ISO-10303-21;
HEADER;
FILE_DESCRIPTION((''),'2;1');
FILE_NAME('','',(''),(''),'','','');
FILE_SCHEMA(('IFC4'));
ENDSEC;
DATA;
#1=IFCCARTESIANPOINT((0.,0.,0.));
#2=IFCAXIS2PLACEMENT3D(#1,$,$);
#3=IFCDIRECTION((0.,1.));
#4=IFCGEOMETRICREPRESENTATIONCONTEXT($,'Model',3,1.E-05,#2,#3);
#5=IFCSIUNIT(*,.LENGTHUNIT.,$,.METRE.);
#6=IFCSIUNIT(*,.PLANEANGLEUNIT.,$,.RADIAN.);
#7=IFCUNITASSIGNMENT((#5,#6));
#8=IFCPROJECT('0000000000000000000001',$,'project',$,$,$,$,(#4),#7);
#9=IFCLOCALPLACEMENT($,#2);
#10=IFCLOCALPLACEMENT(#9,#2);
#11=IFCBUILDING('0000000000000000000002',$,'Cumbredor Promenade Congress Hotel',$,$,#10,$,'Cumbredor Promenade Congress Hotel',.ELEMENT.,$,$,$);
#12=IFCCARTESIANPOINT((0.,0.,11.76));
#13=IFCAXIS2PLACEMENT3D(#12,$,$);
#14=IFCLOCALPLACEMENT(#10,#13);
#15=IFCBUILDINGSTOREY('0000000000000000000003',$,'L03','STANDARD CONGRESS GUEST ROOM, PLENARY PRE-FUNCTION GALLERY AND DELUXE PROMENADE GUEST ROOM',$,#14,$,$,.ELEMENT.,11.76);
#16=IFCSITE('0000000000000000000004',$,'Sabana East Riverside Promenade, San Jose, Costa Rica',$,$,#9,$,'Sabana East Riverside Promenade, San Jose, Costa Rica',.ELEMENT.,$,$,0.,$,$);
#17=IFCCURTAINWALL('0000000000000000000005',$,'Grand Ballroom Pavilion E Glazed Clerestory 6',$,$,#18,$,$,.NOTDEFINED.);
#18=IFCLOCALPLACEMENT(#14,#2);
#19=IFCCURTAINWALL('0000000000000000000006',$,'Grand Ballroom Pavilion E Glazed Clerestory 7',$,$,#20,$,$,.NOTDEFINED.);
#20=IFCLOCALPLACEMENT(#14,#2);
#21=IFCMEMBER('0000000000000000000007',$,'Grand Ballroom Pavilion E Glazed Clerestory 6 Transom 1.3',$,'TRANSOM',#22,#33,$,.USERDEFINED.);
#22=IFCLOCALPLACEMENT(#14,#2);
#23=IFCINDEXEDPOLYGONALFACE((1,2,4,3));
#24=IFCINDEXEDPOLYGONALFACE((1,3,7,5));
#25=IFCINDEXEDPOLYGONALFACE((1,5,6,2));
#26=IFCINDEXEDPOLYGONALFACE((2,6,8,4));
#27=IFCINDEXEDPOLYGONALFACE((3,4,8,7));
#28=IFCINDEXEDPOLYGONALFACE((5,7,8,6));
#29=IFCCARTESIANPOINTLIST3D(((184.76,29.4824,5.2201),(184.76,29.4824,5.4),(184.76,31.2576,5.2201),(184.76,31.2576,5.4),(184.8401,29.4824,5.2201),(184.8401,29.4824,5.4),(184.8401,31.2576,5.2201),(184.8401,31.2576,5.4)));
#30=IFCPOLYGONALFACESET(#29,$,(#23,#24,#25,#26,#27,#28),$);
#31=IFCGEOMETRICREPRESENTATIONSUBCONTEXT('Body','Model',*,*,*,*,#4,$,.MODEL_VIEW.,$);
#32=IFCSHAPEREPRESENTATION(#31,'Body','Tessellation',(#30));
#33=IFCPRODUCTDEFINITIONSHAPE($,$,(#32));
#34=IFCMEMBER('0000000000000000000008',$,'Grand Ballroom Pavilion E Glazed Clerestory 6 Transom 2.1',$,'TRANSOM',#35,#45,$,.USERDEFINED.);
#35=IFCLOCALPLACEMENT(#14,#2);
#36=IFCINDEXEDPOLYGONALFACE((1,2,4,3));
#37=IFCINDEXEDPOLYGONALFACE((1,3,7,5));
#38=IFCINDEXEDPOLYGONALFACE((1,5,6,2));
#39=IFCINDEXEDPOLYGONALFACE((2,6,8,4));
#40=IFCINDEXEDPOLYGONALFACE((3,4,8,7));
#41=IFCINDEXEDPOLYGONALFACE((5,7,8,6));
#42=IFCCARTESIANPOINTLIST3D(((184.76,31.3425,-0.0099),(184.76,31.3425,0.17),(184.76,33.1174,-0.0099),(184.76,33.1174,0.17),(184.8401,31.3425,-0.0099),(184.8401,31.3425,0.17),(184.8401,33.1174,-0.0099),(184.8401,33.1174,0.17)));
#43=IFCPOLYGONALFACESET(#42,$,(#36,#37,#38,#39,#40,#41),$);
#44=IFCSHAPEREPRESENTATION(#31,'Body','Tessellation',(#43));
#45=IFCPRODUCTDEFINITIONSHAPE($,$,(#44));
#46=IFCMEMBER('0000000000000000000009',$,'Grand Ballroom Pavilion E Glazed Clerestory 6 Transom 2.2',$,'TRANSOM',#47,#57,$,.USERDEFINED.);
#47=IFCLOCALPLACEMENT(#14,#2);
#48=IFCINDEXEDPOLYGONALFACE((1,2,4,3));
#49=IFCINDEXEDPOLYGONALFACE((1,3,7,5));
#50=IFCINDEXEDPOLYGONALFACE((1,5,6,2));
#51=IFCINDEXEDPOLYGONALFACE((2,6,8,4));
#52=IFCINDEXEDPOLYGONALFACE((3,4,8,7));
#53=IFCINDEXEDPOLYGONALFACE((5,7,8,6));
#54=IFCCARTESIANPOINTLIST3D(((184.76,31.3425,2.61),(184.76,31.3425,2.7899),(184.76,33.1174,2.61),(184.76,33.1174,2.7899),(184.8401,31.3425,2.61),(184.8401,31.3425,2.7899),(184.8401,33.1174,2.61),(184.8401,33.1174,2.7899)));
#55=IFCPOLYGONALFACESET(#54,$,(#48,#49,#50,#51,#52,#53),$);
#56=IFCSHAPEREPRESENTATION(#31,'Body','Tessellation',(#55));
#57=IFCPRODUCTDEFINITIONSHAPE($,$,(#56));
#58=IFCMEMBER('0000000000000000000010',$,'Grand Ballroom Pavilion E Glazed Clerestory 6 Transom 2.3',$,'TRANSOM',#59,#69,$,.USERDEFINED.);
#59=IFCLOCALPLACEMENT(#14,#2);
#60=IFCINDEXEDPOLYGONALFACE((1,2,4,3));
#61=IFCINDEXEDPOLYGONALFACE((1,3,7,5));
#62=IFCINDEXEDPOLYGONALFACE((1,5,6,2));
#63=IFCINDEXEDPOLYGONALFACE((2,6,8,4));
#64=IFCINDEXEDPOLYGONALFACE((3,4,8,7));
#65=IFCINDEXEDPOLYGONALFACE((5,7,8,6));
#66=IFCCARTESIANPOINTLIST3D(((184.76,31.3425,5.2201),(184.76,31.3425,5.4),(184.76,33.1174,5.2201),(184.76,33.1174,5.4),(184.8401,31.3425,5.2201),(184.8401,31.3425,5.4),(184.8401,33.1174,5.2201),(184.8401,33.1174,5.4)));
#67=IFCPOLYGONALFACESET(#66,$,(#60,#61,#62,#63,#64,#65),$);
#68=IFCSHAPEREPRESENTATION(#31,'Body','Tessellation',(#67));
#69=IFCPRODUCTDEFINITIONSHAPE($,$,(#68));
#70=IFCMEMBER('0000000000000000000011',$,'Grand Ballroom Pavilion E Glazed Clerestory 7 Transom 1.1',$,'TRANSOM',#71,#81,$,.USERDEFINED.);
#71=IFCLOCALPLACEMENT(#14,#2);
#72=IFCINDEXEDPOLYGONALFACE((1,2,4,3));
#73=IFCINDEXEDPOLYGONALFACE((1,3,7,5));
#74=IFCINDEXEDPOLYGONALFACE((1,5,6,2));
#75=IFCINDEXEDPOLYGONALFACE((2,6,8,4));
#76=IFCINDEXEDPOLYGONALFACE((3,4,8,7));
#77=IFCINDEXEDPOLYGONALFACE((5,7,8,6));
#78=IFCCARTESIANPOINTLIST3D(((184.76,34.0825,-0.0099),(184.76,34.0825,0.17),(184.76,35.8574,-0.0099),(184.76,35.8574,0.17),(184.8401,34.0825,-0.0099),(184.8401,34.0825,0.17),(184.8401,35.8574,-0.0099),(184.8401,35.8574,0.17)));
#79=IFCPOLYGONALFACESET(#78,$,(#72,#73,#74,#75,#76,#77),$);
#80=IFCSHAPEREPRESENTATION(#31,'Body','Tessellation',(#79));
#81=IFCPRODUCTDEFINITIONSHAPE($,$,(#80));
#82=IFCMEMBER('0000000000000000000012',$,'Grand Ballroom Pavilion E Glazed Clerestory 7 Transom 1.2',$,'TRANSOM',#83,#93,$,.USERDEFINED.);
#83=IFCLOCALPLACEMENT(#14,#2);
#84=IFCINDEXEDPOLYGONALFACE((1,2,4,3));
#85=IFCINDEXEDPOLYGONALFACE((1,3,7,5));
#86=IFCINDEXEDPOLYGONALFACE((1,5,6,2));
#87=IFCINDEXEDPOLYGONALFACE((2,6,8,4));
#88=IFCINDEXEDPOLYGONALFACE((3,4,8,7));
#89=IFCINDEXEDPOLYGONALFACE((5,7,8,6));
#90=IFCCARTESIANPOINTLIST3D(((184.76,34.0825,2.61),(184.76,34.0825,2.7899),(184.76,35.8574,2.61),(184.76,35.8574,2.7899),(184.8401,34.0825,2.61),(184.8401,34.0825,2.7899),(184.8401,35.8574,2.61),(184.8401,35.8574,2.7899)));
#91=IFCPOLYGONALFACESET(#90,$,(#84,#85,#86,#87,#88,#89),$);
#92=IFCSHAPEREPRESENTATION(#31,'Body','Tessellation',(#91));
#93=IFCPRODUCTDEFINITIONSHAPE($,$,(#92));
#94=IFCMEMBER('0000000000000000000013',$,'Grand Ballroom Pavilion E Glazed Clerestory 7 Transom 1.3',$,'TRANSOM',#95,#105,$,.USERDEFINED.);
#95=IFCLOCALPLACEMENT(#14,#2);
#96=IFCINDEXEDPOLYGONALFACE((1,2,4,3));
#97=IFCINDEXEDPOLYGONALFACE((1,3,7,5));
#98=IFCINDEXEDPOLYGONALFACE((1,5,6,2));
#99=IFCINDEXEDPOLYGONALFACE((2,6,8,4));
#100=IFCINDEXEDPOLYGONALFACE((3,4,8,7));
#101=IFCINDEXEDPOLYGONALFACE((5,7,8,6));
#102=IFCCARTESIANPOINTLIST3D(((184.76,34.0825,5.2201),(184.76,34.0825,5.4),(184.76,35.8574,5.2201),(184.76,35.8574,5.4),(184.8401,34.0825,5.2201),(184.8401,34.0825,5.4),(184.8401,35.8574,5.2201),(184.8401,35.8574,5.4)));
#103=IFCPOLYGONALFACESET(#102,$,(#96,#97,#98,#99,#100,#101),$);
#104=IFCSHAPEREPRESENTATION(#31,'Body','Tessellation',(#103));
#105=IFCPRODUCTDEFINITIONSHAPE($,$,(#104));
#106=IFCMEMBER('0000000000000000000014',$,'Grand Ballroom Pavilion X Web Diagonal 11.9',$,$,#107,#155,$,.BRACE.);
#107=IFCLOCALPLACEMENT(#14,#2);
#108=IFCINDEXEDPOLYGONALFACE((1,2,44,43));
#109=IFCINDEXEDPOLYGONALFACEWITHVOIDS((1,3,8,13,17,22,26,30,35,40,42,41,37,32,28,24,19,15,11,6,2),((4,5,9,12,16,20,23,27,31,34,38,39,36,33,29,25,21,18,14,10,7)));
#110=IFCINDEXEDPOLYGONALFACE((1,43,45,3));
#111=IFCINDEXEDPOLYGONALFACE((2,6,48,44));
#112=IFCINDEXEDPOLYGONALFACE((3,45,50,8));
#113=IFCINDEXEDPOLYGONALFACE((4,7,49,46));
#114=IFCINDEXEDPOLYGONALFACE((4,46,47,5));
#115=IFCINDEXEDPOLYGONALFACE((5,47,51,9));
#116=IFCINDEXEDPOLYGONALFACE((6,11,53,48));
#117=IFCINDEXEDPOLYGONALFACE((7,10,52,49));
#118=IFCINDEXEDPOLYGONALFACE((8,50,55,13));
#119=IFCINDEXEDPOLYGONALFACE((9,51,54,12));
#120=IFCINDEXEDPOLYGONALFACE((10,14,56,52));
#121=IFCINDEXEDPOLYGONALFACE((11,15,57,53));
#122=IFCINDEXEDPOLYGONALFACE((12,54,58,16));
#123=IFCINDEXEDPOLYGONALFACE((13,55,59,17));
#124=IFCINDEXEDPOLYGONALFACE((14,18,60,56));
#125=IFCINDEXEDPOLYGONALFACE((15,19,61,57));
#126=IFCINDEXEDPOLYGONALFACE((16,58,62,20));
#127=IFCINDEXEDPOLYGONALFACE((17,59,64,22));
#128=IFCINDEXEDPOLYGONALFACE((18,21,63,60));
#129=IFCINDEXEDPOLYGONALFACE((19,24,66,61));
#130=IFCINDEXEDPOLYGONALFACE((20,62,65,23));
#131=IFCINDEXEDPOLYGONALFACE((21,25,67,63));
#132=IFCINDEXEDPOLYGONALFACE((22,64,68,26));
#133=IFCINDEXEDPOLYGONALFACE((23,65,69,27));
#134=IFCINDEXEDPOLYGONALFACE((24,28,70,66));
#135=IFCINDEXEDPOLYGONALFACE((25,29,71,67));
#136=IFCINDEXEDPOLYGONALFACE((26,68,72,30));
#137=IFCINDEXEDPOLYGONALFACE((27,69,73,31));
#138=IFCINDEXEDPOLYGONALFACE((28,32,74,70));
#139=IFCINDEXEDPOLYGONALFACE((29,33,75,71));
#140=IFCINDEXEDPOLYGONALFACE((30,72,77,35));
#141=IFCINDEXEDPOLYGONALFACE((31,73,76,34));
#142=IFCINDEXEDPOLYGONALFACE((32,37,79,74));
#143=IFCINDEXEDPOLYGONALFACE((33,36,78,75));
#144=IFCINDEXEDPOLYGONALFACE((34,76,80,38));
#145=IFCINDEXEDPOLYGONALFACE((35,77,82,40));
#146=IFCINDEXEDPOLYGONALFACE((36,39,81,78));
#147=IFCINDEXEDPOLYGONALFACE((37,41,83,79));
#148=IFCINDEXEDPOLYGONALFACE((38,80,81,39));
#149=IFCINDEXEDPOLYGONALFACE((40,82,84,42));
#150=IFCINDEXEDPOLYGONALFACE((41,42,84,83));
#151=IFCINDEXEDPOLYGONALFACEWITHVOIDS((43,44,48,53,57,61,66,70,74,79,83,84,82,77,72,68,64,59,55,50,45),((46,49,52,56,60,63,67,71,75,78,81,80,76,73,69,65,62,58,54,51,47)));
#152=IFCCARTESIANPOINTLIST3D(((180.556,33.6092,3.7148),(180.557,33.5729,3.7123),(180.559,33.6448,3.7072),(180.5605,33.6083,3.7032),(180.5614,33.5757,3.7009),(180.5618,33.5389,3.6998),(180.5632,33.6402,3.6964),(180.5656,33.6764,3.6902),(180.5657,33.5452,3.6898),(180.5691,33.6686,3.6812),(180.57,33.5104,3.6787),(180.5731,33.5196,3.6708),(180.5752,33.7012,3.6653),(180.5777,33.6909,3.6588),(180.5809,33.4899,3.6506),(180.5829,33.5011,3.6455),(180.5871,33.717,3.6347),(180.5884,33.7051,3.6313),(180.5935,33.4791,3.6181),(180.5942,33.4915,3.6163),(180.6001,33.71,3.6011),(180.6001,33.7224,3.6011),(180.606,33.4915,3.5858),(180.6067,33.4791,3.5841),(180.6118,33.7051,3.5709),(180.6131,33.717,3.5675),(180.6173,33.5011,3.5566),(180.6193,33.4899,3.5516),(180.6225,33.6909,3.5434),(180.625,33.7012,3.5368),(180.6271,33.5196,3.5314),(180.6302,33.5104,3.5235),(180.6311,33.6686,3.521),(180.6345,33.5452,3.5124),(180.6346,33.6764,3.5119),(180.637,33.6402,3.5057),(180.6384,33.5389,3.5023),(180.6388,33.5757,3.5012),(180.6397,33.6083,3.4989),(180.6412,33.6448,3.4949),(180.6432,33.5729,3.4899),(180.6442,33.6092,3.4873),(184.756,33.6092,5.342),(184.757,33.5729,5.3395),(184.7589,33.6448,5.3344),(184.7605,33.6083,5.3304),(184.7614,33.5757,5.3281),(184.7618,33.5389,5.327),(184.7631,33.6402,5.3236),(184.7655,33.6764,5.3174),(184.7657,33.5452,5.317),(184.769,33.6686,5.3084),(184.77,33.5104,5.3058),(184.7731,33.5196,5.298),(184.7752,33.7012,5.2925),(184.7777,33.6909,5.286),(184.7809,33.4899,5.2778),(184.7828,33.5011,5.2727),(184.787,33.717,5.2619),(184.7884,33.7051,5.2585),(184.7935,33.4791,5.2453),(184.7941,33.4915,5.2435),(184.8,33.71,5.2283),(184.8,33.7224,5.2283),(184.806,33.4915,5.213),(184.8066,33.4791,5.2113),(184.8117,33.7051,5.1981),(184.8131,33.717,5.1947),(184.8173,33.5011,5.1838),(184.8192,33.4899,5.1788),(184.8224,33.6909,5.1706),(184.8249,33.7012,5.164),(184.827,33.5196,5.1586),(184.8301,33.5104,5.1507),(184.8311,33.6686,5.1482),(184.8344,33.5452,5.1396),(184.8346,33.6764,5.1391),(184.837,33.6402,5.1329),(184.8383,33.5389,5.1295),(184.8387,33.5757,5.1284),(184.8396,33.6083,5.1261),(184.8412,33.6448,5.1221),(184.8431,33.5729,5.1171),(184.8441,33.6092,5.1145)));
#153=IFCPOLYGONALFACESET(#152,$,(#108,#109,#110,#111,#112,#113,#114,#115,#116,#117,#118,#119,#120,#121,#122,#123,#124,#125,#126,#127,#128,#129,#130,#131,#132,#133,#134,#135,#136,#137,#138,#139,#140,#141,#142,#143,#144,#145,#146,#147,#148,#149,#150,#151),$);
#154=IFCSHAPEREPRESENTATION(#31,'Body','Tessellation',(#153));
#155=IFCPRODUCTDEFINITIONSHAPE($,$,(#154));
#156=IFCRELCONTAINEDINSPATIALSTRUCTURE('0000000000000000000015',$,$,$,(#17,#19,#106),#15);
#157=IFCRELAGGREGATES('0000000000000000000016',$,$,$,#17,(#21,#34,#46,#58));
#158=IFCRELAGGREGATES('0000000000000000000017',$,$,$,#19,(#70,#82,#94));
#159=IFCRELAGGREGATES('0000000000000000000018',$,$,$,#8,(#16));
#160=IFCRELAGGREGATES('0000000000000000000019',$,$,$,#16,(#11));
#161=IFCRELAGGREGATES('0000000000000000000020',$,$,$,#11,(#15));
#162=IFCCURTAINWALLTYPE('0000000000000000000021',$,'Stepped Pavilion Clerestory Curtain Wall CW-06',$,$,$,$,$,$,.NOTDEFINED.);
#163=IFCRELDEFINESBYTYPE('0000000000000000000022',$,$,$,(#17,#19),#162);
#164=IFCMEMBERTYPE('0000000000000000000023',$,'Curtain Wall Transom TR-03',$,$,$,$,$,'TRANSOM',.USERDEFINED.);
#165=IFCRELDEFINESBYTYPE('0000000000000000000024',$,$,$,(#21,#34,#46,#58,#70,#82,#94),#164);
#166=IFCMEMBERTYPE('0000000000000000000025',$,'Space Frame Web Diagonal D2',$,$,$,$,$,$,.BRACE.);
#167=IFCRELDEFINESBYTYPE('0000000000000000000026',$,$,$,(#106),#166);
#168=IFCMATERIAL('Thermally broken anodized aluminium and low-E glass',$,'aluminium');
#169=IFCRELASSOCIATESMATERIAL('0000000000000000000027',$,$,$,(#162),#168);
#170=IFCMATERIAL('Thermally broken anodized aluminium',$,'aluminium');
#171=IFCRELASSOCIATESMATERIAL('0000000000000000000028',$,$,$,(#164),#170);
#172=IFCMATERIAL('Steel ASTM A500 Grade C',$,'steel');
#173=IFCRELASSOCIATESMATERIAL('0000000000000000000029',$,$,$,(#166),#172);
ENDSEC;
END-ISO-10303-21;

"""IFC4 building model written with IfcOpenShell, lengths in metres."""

from ifc_helpers import new_model, si_unit, direction, frame, origin, origin_2d, place, context, subcontext, project, spatial, rectangle, hollow_circle, extrude, material, material_profile, profile_set, type_object, element, aggregate, save


model = new_model("IFC4")

# Units and contexts
model_context = context("Model", 3, precision=1e-05, world=origin(), true_north=direction((0.0, 1.0)))
body_context = subcontext(model_context, "Body", "Model", "MODEL_VIEW")
ifc_project = project(units=[si_unit("LENGTHUNIT", "METRE"), si_unit("PLANEANGLEUNIT", "RADIAN")], contexts=[model_context])

# Site, building, storey
site_placement = place(None, origin())
site = spatial("IfcSite", under=ifc_project, at=site_placement, Name="Sabana East Riverside Promenade, San Jose, Costa Rica", LongName="Sabana East Riverside Promenade, San Jose, Costa Rica", CompositionType="ELEMENT", RefElevation=0.0)
building_placement = place(site_placement, origin())
building = spatial("IfcBuilding", under=site, at=building_placement, Name="Cumbredor Promenade Congress Hotel", LongName="Cumbredor Promenade Congress Hotel", CompositionType="ELEMENT")
storey_placement = place(building_placement, frame((0.0, 0.0, 11.76)))
storey = spatial("IfcBuildingStorey", under=building, at=storey_placement, Name="L03", Description="STANDARD CONGRESS GUEST ROOM, PLENARY PRE-FUNCTION GALLERY AND DELUXE PROMENADE GUEST ROOM", CompositionType="ELEMENT", Elevation=11.76)

# Shared definitions
ifc_material_1 = material(Name="Steel ASTM A500 Grade C", Category="steel")

# Curtain wall
ifc_material_2 = material(Name="Thermally broken anodized aluminium and low-E glass", Category="aluminium")
curtain_wall_type = type_object("IfcCurtainWallType", Name="Stepped Pavilion Clerestory Curtain Wall CW-06", PredefinedType="NOTDEFINED", material=ifc_material_2)
curtain_wall_1_placement = place(storey_placement, origin())
curtain_wall_1 = element("IfcCurtainWall", 1, at=curtain_wall_1_placement, inside=storey, type_object=curtain_wall_type, Name="Grand Ballroom Pavilion E Glazed Clerestory 6", PredefinedType="NOTDEFINED")
ifc_material_3 = material(Name="Thermally broken anodized aluminium", Category="aluminium")

# Curtain wall
curtain_wall_2_placement = place(storey_placement, origin())
curtain_wall_2 = element("IfcCurtainWall", 2, at=curtain_wall_2_placement, inside=storey, type_object=curtain_wall_type, Name="Grand Ballroom Pavilion E Glazed Clerestory 7", PredefinedType="NOTDEFINED")

# Members
ifc_material_profile_1 = material_profile(ifc_material_3, rectangle(XDim=0.0801, YDim=0.1799, at=origin_2d()), Name="ALU TRANSOM 80x180")
ifc_profile_set_1 = profile_set([ifc_material_profile_1], Name="Thermally broken anodized aluminium")
member_type_1 = type_object("IfcMemberType", Name="Curtain Wall Transom TR-03", ElementType="TRANSOM", PredefinedType="USERDEFINED", material=ifc_profile_set_1)
member_1_placement = place(storey_placement, frame((184.8, 29.4824, 5.3101), z_axis=(0.0, 1.0, 0.0), x_axis=(-1.0, 0.0, 0.0)))
member_1 = element("IfcMember", 3, at=member_1_placement, type_object=member_type_1, Name="Grand Ballroom Pavilion E Glazed Clerestory 6 Transom 1.3", ObjectType="TRANSOM", PredefinedType="USERDEFINED", context=body_context, shape_type="SweptSolid", body=[
    extrude(rectangle(XDim=0.0801, YDim=0.1799, at=origin_2d()), origin(), (0.0, 0.0, 1.0), 1.7751),
])
member_2_placement = place(storey_placement, frame((184.8, 31.3425, 0.0801), z_axis=(0.0, 1.0, 0.0), x_axis=(-1.0, 0.0, 0.0)))
member_2 = element("IfcMember", 4, at=member_2_placement, type_object=member_type_1, Name="Grand Ballroom Pavilion E Glazed Clerestory 6 Transom 2.1", ObjectType="TRANSOM", PredefinedType="USERDEFINED", context=body_context, shape_type="SweptSolid", body=[
    extrude(rectangle(XDim=0.0801, YDim=0.1799, at=origin_2d()), origin(), (0.0, 0.0, 1.0), 1.7749),
])
member_3_placement = place(storey_placement, frame((184.8, 31.3425, 2.7), z_axis=(0.0, 1.0, 0.0), x_axis=(-1.0, 0.0, 0.0)))
member_3 = element("IfcMember", 5, at=member_3_placement, type_object=member_type_1, Name="Grand Ballroom Pavilion E Glazed Clerestory 6 Transom 2.2", ObjectType="TRANSOM", PredefinedType="USERDEFINED", context=body_context, shape_type="SweptSolid", body=[
    extrude(rectangle(XDim=0.0801, YDim=0.1799, at=origin_2d()), origin(), (0.0, 0.0, 1.0), 1.7749),
])
member_4_placement = place(storey_placement, frame((184.8, 31.3425, 5.3101), z_axis=(0.0, 1.0, 0.0), x_axis=(-1.0, 0.0, 0.0)))
member_4 = element("IfcMember", 6, at=member_4_placement, type_object=member_type_1, Name="Grand Ballroom Pavilion E Glazed Clerestory 6 Transom 2.3", ObjectType="TRANSOM", PredefinedType="USERDEFINED", context=body_context, shape_type="SweptSolid", body=[
    extrude(rectangle(XDim=0.0801, YDim=0.1799, at=origin_2d()), origin(), (0.0, 0.0, 1.0), 1.7749),
])
member_5_placement = place(storey_placement, frame((184.8, 34.0825, 0.0801), z_axis=(0.0, 1.0, 0.0), x_axis=(-1.0, 0.0, 0.0)))
member_5 = element("IfcMember", 7, at=member_5_placement, type_object=member_type_1, Name="Grand Ballroom Pavilion E Glazed Clerestory 7 Transom 1.1", ObjectType="TRANSOM", PredefinedType="USERDEFINED", context=body_context, shape_type="SweptSolid", body=[
    extrude(rectangle(XDim=0.0801, YDim=0.1799, at=origin_2d()), origin(), (0.0, 0.0, 1.0), 1.7749),
])
member_6_placement = place(storey_placement, frame((184.8, 34.0825, 2.7), z_axis=(0.0, 1.0, 0.0), x_axis=(-1.0, 0.0, 0.0)))
member_6 = element("IfcMember", 8, at=member_6_placement, type_object=member_type_1, Name="Grand Ballroom Pavilion E Glazed Clerestory 7 Transom 1.2", ObjectType="TRANSOM", PredefinedType="USERDEFINED", context=body_context, shape_type="SweptSolid", body=[
    extrude(rectangle(XDim=0.0801, YDim=0.1799, at=origin_2d()), origin(), (0.0, 0.0, 1.0), 1.7749),
])
member_7_placement = place(storey_placement, frame((184.8, 34.0825, 5.3101), z_axis=(0.0, 1.0, 0.0), x_axis=(-1.0, 0.0, 0.0)))
member_7 = element("IfcMember", 9, at=member_7_placement, type_object=member_type_1, Name="Grand Ballroom Pavilion E Glazed Clerestory 7 Transom 1.3", ObjectType="TRANSOM", PredefinedType="USERDEFINED", context=body_context, shape_type="SweptSolid", body=[
    extrude(rectangle(XDim=0.0801, YDim=0.1799, at=origin_2d()), origin(), (0.0, 0.0, 1.0), 1.7749),
])

# Member
ifc_material_profile_2 = material_profile(ifc_material_1, hollow_circle(Radius=0.1223, WallThickness=0.0125, at=origin_2d()), Name="CHS 244.5x12.5")
ifc_profile_set_2 = profile_set([ifc_material_profile_2], Name="Steel ASTM A500 Grade C")
member_type_2 = type_object("IfcMemberType", Name="Space Frame Web Diagonal D2", PredefinedType="BRACE", material=ifc_profile_set_2)
member_8_placement = place(storey_placement, frame((180.6001, 33.6001, 3.6011), z_axis=(0.932463, 0.0, 0.361266), x_axis=(0.0, 1.0, 0.0)))
element("IfcMember", 10, at=member_8_placement, inside=storey, type_object=member_type_2, Name="Grand Ballroom Pavilion X Web Diagonal 11.9", PredefinedType="BRACE", context=body_context, shape_type="SweptSolid", body=[
    extrude(hollow_circle(Radius=0.1223, WallThickness=0.0125, at=origin_2d()), origin(), (0.0, 0.0, 1.0), 4.5042),
])

aggregate(curtain_wall_1, [member_1, member_2, member_3, member_4])
aggregate(curtain_wall_2, [member_5, member_6, member_7])

save(model, "model.ifc")
